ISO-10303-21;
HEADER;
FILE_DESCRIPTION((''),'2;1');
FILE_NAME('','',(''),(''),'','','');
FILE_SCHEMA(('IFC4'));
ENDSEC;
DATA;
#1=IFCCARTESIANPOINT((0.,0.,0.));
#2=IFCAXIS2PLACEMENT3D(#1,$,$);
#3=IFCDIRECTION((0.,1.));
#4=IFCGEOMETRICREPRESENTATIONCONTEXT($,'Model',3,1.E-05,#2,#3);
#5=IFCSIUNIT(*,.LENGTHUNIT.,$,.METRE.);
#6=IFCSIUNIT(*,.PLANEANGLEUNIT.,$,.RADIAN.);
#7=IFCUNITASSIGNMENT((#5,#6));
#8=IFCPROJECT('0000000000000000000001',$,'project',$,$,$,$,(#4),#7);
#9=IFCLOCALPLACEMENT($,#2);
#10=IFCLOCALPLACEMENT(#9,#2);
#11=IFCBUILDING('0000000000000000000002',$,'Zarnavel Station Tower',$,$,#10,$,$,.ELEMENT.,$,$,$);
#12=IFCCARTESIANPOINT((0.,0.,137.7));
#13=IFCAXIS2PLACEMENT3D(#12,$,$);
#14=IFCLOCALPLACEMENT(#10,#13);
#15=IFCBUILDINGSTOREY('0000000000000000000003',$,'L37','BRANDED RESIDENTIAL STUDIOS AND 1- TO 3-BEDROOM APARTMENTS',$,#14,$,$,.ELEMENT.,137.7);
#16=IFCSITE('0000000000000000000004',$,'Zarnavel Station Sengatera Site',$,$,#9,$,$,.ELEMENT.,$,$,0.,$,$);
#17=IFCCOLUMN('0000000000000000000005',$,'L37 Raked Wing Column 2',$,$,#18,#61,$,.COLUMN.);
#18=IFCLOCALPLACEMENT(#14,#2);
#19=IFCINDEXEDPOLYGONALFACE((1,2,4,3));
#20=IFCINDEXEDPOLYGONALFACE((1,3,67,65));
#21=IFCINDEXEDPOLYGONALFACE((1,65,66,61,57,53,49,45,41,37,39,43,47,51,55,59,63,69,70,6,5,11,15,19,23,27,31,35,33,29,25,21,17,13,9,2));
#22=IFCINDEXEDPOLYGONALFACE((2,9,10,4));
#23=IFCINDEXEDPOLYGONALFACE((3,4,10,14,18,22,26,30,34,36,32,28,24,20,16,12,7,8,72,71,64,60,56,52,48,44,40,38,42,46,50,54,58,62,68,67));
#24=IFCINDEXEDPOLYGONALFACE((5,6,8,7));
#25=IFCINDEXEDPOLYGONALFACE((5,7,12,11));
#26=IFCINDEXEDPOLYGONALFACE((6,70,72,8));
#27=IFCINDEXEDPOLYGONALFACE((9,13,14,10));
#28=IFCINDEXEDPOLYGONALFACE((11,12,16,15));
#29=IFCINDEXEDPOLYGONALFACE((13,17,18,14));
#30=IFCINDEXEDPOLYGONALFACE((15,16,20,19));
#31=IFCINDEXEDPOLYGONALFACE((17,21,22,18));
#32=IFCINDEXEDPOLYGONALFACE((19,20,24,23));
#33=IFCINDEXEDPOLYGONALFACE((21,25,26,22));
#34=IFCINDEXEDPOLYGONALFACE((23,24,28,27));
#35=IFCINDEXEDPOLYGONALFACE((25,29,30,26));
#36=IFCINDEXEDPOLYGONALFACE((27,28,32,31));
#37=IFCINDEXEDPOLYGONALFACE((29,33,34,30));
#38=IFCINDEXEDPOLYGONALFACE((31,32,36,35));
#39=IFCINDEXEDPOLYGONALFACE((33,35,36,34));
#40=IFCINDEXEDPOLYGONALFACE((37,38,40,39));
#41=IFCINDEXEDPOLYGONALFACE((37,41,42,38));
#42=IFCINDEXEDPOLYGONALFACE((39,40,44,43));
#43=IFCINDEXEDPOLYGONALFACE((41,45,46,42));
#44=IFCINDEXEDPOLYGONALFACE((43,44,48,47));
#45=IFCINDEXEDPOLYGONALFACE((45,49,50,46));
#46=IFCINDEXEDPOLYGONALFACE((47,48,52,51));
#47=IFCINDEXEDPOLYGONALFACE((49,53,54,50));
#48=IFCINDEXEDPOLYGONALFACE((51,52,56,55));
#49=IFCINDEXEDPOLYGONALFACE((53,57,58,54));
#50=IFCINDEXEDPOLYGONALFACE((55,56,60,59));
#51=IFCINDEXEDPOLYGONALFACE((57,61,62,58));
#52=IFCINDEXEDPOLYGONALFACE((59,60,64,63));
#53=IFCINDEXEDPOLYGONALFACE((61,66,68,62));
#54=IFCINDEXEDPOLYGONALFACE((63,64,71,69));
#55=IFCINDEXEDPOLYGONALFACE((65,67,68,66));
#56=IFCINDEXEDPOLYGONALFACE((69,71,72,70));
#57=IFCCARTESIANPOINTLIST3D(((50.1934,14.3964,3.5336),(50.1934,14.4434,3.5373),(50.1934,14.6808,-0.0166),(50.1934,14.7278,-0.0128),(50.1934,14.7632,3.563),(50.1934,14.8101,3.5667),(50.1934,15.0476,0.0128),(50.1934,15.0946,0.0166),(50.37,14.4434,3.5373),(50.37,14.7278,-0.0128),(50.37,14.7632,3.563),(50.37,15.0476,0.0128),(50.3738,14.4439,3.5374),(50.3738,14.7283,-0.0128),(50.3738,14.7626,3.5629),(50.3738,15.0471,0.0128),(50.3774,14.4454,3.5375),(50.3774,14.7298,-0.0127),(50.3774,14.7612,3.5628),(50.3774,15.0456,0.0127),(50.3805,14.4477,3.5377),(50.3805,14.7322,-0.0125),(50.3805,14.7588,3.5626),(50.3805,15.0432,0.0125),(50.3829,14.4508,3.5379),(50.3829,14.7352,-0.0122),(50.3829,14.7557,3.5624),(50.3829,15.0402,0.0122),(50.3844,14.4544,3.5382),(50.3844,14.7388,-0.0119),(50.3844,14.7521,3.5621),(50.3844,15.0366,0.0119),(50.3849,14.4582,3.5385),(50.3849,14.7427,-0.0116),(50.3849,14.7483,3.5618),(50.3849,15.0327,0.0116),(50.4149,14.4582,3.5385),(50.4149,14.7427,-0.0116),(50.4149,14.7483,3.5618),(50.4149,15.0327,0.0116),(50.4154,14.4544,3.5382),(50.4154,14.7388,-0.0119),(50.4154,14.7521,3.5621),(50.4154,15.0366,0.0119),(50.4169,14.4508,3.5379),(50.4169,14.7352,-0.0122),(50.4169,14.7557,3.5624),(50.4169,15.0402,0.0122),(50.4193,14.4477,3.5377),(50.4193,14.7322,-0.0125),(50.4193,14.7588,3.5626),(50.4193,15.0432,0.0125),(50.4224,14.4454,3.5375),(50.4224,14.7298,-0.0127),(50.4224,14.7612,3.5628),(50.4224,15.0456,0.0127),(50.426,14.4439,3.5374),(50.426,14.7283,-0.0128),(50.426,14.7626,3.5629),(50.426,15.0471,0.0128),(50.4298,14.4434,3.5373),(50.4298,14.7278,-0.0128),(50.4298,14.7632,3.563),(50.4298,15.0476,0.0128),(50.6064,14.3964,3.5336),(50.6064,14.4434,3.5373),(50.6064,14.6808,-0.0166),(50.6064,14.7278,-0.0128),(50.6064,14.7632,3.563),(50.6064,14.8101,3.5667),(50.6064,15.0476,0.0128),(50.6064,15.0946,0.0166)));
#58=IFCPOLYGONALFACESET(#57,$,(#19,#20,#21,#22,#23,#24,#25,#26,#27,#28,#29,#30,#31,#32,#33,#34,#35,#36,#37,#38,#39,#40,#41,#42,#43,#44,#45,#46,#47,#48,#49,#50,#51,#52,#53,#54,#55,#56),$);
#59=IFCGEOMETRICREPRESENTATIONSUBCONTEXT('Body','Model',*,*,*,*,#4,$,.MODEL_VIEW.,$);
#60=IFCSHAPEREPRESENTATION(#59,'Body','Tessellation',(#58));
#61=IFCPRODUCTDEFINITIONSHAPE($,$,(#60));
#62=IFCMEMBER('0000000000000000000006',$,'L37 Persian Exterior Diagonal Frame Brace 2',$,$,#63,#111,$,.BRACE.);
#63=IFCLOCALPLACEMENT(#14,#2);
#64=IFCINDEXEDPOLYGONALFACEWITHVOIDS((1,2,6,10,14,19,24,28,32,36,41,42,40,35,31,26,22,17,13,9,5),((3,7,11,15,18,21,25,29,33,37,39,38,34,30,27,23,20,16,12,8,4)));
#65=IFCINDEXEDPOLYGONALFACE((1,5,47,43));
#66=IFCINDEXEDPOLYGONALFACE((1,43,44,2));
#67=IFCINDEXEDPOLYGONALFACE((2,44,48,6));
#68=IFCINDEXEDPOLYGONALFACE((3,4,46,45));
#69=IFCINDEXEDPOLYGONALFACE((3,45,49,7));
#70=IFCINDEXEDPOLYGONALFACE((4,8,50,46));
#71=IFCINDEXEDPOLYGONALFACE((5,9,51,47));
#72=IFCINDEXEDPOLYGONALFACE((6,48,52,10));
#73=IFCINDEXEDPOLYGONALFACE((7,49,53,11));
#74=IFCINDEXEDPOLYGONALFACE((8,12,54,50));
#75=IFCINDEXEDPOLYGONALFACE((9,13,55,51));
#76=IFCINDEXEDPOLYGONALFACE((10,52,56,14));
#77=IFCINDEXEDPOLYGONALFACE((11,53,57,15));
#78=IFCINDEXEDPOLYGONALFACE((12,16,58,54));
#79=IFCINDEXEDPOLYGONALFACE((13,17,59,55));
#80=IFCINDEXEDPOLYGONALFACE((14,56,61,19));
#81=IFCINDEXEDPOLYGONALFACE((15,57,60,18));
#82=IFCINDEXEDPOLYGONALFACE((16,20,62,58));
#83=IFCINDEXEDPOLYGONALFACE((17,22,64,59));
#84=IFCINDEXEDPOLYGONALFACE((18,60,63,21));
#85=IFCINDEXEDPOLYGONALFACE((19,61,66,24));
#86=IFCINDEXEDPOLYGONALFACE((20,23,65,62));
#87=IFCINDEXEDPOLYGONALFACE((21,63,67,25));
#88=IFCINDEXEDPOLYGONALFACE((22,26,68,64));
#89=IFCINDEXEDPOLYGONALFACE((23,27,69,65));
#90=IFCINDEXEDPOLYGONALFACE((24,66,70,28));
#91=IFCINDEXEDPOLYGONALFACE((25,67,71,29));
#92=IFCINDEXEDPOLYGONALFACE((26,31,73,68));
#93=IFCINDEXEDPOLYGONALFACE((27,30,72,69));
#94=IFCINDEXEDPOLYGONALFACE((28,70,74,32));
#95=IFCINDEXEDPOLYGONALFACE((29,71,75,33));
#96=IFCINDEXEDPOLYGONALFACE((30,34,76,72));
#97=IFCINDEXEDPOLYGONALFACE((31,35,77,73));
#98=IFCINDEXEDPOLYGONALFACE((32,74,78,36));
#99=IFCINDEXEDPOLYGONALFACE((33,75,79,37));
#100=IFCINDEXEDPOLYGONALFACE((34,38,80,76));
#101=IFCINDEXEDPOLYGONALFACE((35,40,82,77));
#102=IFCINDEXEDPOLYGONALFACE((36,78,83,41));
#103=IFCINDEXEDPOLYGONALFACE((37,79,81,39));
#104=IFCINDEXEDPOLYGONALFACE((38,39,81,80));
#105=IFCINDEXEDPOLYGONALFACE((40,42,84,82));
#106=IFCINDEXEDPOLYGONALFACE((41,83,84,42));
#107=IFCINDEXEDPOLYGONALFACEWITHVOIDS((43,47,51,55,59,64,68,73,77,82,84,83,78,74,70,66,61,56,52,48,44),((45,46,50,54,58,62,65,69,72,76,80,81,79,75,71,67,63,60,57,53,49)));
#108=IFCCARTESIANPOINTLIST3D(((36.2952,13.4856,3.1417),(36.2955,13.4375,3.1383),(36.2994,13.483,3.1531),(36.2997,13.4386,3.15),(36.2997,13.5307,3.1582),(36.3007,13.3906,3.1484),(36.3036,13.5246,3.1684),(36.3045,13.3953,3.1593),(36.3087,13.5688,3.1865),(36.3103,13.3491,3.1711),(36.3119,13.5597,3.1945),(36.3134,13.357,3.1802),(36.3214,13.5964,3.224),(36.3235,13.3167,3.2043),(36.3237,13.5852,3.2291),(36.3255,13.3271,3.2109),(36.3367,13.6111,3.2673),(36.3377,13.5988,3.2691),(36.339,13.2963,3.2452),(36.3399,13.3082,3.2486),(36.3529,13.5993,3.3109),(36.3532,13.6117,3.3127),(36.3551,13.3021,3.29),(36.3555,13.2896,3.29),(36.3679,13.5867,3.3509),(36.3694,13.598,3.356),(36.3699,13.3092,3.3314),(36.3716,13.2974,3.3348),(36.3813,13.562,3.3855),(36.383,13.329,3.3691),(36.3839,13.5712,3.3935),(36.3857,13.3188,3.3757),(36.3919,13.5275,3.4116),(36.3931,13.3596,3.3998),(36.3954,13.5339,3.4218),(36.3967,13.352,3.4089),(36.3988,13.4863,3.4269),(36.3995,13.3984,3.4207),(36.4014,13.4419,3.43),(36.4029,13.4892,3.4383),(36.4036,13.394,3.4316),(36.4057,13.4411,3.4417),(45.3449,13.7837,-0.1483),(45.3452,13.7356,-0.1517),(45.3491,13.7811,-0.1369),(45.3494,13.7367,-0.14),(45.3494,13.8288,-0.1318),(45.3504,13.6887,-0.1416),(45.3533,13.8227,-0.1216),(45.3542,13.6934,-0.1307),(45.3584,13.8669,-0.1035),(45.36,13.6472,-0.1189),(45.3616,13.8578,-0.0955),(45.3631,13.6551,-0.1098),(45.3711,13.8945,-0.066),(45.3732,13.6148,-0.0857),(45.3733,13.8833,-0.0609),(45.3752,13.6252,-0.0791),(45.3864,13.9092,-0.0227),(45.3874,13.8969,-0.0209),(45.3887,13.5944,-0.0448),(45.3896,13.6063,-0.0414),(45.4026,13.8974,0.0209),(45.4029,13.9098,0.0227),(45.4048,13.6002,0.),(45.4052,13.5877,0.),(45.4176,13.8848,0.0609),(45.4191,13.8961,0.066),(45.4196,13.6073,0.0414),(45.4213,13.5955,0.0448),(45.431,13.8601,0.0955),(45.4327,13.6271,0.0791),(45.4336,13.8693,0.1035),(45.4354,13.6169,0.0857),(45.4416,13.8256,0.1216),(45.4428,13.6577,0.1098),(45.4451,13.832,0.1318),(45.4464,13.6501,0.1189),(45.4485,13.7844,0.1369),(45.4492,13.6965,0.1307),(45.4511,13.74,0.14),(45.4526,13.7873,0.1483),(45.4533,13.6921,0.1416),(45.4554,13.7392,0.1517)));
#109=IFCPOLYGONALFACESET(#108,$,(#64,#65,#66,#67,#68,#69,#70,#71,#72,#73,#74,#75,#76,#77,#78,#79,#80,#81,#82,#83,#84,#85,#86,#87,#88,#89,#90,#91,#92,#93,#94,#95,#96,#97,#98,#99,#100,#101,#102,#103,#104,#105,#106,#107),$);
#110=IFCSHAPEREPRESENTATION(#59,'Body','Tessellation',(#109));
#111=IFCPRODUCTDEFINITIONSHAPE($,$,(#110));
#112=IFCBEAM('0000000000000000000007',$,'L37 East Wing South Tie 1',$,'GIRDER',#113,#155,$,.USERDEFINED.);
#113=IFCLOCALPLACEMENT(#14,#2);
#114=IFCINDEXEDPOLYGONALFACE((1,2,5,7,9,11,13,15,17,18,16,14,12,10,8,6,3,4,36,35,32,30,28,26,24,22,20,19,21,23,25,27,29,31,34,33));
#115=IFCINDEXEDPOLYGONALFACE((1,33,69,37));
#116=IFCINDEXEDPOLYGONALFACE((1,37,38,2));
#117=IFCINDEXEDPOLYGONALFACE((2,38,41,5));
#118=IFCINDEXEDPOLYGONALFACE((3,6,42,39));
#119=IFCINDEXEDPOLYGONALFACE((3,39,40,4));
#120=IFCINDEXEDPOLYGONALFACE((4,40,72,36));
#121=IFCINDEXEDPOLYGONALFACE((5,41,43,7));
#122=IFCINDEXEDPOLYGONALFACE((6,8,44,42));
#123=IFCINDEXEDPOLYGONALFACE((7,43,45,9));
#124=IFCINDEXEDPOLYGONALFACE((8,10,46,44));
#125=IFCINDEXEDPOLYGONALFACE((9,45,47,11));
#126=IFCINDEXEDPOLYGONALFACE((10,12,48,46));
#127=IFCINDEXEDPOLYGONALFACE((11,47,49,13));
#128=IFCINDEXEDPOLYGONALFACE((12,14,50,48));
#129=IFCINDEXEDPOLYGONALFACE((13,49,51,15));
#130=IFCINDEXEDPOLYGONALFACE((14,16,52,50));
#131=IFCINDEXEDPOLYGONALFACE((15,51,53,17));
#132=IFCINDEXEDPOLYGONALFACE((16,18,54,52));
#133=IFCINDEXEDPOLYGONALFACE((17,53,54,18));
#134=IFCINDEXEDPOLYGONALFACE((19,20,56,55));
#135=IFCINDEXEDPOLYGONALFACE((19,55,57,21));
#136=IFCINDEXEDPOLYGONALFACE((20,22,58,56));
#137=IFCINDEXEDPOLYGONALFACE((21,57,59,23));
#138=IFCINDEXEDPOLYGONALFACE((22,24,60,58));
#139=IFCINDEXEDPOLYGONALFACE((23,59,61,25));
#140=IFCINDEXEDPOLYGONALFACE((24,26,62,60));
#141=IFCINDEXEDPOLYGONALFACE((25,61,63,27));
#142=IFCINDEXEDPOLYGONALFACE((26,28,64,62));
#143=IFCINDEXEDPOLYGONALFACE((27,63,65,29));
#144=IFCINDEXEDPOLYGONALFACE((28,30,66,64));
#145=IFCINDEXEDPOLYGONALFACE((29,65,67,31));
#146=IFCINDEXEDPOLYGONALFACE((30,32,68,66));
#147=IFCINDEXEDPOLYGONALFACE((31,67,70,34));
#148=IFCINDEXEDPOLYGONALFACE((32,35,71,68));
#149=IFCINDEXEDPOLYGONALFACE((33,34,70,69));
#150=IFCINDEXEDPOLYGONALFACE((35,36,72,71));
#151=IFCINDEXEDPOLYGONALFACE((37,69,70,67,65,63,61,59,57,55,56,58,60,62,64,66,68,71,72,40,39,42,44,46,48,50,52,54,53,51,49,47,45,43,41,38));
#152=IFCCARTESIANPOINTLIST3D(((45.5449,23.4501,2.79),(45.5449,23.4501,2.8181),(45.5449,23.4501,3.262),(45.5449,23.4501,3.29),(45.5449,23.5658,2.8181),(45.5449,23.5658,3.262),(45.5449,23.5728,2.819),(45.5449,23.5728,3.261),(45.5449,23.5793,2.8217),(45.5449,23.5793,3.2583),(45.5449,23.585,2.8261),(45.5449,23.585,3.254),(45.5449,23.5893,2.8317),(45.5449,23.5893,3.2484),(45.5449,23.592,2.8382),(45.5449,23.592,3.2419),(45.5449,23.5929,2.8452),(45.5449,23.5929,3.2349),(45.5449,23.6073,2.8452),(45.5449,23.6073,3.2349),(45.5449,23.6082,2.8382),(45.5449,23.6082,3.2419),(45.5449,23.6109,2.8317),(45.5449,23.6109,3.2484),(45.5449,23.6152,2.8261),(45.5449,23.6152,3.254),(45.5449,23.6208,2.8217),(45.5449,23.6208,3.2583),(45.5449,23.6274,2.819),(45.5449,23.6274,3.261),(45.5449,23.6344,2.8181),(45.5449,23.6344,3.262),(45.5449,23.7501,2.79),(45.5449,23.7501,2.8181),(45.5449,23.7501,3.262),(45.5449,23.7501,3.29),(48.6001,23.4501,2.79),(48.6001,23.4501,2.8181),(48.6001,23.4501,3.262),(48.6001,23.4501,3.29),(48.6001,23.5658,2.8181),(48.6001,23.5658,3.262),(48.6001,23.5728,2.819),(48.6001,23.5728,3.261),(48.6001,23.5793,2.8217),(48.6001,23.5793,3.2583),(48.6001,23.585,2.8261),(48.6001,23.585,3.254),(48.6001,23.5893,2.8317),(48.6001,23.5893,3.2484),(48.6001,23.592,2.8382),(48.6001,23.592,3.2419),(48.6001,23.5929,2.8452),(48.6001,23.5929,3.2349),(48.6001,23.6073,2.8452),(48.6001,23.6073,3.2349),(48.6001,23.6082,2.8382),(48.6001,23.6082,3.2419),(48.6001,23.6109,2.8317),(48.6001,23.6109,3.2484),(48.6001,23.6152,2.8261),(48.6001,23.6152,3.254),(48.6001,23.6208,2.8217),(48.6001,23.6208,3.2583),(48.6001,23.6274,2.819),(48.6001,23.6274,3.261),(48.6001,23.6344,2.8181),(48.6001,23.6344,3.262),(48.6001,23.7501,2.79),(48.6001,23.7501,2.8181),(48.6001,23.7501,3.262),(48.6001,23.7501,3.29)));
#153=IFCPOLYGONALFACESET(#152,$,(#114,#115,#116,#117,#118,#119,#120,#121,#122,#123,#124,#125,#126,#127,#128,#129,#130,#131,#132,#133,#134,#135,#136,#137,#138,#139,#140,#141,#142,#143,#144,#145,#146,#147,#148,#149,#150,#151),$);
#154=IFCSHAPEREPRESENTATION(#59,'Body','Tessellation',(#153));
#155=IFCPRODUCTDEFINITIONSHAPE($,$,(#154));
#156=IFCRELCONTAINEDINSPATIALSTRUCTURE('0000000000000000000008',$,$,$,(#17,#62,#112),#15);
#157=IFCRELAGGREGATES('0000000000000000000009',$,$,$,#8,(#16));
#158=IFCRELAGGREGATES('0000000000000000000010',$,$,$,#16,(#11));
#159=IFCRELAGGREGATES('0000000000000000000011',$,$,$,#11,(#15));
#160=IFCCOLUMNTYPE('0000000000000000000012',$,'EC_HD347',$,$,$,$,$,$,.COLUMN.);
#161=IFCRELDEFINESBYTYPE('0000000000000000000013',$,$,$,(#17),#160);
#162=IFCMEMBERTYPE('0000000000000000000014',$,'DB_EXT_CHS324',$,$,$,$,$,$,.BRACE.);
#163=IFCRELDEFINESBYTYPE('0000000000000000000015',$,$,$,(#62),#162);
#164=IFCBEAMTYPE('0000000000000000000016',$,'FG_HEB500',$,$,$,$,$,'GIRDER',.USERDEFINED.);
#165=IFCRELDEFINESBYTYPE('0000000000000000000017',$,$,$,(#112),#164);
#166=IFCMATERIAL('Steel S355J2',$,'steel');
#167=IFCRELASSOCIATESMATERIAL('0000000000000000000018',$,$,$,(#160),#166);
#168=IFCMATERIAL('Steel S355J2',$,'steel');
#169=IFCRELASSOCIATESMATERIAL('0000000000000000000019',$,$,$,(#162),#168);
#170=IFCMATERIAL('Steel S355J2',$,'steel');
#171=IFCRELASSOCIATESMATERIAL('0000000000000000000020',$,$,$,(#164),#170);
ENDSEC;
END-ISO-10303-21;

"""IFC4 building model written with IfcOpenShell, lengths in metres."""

from ifc_helpers import new_model, si_unit, direction, frame, origin, origin_2d, place, context, subcontext, project, spatial, hollow_circle, i_section, extrude, material, material_profile, profile_set, type_object, element, save


model = new_model("IFC4")

# Units and contexts
model_context = context("Model", 3, precision=1e-05, world=origin(), true_north=direction((0.0, 1.0)))
body_context = subcontext(model_context, "Body", "Model", "MODEL_VIEW")
ifc_project = project(units=[si_unit("LENGTHUNIT", "METRE"), si_unit("PLANEANGLEUNIT", "RADIAN")], contexts=[model_context])

# Site, building, storey
site_placement = place(None, origin())
site = spatial("IfcSite", under=ifc_project, at=site_placement, Name="Zarnavel Station Sengatera Site", CompositionType="ELEMENT", RefElevation=0.0)
building_placement = place(site_placement, origin())
building = spatial("IfcBuilding", under=site, at=building_placement, Name="Zarnavel Station Tower", CompositionType="ELEMENT")
storey_placement = place(building_placement, frame((0.0, 0.0, 137.7)))
storey = spatial("IfcBuildingStorey", under=building, at=storey_placement, Name="L37", Description="BRANDED RESIDENTIAL STUDIOS AND 1- TO 3-BEDROOM APARTMENTS", CompositionType="ELEMENT", Elevation=137.7)

# Column
ifc_material_1 = material(Name="Steel S355J2", Category="steel")
ifc_material_profile_1 = material_profile(ifc_material_1, i_section(OverallWidth=0.4131, OverallDepth=0.415, WebThickness=0.03, FlangeThickness=0.0471, FilletRadius=0.0149, at=origin_2d()), Name="HD400x347")
ifc_profile_set_1 = profile_set([ifc_material_profile_1], Name="Steel S355J2")
column_type = type_object("IfcColumnType", Name="EC_HD347", PredefinedType="COLUMN", material=ifc_profile_set_1)
column_placement = place(storey_placement, frame((50.3999, 14.8877, 0.0), z_axis=(0.0, -0.079862, 0.996806), x_axis=(1.0, 0.0, 0.0)))
element("IfcColumn", 1, at=column_placement, inside=storey, type_object=column_type, Name="L37 Raked Wing Column 2", PredefinedType="COLUMN", context=body_context, shape_type="SweptSolid", body=[
    extrude(i_section(OverallWidth=0.4131, OverallDepth=0.415, WebThickness=0.03, FlangeThickness=0.0471, FilletRadius=0.0149, at=origin_2d()), origin(), (0.0, 0.0, 1.0), 3.5615),
])

# Member
ifc_material_2 = material(Name="Steel S355J2", Category="steel")
ifc_material_profile_2 = material_profile(ifc_material_2, hollow_circle(Radius=0.1619, WallThickness=0.0125, at=origin_2d()), Name="CHS323.9x12.5")
ifc_profile_set_2 = profile_set([ifc_material_profile_2], Name="Steel S355J2")
member_type = type_object("IfcMemberType", Name="DB_EXT_CHS324", PredefinedType="BRACE", material=ifc_profile_set_2)
member_placement = place(storey_placement, frame((45.3999, 13.7495, 0.0), z_axis=(-0.93937, -0.030942, 0.341506), x_axis=(0.032922, -0.999458, 0.0)))
element("IfcMember", 2, at=member_placement, inside=storey, type_object=member_type, Name="L37 Persian Exterior Diagonal Frame Brace 2", PredefinedType="BRACE", context=body_context, shape_type="SweptSolid", body=[
    extrude(hollow_circle(Radius=0.1619, WallThickness=0.0125, at=origin_2d()), origin(), (0.0, 0.0, 1.0), 9.6338),
])

# Beam
ifc_material_3 = material(Name="Steel S355J2", Category="steel")
ifc_material_profile_3 = material_profile(ifc_material_3, i_section(OverallWidth=0.3, OverallDepth=0.5, WebThickness=0.0144, FlangeThickness=0.0281, FilletRadius=0.0271, at=origin_2d()), Name="HEB500")
ifc_profile_set_3 = profile_set([ifc_material_profile_3], Name="Steel S355J2")
beam_type_1 = type_object("IfcBeamType", Name="FG_HEB500", ElementType="GIRDER", PredefinedType="USERDEFINED", material=ifc_profile_set_3)
beam_1_placement = place(storey_placement, frame((45.5449, 23.6001, 3.04), z_axis=(1.0, 0.0, 0.0), x_axis=(0.0, 1.0, 0.0)))
element("IfcBeam", 3, at=beam_1_placement, inside=storey, type_object=beam_type_1, Name="L37 East Wing South Tie 1", ObjectType="GIRDER", PredefinedType="USERDEFINED", context=body_context, shape_type="SweptSolid", body=[
    extrude(i_section(OverallWidth=0.3, OverallDepth=0.5, WebThickness=0.0144, FlangeThickness=0.0281, FilletRadius=0.0271, at=origin_2d()), origin(), (0.0, 0.0, 1.0), 3.0552),
])

save(model, "model.ifc")
